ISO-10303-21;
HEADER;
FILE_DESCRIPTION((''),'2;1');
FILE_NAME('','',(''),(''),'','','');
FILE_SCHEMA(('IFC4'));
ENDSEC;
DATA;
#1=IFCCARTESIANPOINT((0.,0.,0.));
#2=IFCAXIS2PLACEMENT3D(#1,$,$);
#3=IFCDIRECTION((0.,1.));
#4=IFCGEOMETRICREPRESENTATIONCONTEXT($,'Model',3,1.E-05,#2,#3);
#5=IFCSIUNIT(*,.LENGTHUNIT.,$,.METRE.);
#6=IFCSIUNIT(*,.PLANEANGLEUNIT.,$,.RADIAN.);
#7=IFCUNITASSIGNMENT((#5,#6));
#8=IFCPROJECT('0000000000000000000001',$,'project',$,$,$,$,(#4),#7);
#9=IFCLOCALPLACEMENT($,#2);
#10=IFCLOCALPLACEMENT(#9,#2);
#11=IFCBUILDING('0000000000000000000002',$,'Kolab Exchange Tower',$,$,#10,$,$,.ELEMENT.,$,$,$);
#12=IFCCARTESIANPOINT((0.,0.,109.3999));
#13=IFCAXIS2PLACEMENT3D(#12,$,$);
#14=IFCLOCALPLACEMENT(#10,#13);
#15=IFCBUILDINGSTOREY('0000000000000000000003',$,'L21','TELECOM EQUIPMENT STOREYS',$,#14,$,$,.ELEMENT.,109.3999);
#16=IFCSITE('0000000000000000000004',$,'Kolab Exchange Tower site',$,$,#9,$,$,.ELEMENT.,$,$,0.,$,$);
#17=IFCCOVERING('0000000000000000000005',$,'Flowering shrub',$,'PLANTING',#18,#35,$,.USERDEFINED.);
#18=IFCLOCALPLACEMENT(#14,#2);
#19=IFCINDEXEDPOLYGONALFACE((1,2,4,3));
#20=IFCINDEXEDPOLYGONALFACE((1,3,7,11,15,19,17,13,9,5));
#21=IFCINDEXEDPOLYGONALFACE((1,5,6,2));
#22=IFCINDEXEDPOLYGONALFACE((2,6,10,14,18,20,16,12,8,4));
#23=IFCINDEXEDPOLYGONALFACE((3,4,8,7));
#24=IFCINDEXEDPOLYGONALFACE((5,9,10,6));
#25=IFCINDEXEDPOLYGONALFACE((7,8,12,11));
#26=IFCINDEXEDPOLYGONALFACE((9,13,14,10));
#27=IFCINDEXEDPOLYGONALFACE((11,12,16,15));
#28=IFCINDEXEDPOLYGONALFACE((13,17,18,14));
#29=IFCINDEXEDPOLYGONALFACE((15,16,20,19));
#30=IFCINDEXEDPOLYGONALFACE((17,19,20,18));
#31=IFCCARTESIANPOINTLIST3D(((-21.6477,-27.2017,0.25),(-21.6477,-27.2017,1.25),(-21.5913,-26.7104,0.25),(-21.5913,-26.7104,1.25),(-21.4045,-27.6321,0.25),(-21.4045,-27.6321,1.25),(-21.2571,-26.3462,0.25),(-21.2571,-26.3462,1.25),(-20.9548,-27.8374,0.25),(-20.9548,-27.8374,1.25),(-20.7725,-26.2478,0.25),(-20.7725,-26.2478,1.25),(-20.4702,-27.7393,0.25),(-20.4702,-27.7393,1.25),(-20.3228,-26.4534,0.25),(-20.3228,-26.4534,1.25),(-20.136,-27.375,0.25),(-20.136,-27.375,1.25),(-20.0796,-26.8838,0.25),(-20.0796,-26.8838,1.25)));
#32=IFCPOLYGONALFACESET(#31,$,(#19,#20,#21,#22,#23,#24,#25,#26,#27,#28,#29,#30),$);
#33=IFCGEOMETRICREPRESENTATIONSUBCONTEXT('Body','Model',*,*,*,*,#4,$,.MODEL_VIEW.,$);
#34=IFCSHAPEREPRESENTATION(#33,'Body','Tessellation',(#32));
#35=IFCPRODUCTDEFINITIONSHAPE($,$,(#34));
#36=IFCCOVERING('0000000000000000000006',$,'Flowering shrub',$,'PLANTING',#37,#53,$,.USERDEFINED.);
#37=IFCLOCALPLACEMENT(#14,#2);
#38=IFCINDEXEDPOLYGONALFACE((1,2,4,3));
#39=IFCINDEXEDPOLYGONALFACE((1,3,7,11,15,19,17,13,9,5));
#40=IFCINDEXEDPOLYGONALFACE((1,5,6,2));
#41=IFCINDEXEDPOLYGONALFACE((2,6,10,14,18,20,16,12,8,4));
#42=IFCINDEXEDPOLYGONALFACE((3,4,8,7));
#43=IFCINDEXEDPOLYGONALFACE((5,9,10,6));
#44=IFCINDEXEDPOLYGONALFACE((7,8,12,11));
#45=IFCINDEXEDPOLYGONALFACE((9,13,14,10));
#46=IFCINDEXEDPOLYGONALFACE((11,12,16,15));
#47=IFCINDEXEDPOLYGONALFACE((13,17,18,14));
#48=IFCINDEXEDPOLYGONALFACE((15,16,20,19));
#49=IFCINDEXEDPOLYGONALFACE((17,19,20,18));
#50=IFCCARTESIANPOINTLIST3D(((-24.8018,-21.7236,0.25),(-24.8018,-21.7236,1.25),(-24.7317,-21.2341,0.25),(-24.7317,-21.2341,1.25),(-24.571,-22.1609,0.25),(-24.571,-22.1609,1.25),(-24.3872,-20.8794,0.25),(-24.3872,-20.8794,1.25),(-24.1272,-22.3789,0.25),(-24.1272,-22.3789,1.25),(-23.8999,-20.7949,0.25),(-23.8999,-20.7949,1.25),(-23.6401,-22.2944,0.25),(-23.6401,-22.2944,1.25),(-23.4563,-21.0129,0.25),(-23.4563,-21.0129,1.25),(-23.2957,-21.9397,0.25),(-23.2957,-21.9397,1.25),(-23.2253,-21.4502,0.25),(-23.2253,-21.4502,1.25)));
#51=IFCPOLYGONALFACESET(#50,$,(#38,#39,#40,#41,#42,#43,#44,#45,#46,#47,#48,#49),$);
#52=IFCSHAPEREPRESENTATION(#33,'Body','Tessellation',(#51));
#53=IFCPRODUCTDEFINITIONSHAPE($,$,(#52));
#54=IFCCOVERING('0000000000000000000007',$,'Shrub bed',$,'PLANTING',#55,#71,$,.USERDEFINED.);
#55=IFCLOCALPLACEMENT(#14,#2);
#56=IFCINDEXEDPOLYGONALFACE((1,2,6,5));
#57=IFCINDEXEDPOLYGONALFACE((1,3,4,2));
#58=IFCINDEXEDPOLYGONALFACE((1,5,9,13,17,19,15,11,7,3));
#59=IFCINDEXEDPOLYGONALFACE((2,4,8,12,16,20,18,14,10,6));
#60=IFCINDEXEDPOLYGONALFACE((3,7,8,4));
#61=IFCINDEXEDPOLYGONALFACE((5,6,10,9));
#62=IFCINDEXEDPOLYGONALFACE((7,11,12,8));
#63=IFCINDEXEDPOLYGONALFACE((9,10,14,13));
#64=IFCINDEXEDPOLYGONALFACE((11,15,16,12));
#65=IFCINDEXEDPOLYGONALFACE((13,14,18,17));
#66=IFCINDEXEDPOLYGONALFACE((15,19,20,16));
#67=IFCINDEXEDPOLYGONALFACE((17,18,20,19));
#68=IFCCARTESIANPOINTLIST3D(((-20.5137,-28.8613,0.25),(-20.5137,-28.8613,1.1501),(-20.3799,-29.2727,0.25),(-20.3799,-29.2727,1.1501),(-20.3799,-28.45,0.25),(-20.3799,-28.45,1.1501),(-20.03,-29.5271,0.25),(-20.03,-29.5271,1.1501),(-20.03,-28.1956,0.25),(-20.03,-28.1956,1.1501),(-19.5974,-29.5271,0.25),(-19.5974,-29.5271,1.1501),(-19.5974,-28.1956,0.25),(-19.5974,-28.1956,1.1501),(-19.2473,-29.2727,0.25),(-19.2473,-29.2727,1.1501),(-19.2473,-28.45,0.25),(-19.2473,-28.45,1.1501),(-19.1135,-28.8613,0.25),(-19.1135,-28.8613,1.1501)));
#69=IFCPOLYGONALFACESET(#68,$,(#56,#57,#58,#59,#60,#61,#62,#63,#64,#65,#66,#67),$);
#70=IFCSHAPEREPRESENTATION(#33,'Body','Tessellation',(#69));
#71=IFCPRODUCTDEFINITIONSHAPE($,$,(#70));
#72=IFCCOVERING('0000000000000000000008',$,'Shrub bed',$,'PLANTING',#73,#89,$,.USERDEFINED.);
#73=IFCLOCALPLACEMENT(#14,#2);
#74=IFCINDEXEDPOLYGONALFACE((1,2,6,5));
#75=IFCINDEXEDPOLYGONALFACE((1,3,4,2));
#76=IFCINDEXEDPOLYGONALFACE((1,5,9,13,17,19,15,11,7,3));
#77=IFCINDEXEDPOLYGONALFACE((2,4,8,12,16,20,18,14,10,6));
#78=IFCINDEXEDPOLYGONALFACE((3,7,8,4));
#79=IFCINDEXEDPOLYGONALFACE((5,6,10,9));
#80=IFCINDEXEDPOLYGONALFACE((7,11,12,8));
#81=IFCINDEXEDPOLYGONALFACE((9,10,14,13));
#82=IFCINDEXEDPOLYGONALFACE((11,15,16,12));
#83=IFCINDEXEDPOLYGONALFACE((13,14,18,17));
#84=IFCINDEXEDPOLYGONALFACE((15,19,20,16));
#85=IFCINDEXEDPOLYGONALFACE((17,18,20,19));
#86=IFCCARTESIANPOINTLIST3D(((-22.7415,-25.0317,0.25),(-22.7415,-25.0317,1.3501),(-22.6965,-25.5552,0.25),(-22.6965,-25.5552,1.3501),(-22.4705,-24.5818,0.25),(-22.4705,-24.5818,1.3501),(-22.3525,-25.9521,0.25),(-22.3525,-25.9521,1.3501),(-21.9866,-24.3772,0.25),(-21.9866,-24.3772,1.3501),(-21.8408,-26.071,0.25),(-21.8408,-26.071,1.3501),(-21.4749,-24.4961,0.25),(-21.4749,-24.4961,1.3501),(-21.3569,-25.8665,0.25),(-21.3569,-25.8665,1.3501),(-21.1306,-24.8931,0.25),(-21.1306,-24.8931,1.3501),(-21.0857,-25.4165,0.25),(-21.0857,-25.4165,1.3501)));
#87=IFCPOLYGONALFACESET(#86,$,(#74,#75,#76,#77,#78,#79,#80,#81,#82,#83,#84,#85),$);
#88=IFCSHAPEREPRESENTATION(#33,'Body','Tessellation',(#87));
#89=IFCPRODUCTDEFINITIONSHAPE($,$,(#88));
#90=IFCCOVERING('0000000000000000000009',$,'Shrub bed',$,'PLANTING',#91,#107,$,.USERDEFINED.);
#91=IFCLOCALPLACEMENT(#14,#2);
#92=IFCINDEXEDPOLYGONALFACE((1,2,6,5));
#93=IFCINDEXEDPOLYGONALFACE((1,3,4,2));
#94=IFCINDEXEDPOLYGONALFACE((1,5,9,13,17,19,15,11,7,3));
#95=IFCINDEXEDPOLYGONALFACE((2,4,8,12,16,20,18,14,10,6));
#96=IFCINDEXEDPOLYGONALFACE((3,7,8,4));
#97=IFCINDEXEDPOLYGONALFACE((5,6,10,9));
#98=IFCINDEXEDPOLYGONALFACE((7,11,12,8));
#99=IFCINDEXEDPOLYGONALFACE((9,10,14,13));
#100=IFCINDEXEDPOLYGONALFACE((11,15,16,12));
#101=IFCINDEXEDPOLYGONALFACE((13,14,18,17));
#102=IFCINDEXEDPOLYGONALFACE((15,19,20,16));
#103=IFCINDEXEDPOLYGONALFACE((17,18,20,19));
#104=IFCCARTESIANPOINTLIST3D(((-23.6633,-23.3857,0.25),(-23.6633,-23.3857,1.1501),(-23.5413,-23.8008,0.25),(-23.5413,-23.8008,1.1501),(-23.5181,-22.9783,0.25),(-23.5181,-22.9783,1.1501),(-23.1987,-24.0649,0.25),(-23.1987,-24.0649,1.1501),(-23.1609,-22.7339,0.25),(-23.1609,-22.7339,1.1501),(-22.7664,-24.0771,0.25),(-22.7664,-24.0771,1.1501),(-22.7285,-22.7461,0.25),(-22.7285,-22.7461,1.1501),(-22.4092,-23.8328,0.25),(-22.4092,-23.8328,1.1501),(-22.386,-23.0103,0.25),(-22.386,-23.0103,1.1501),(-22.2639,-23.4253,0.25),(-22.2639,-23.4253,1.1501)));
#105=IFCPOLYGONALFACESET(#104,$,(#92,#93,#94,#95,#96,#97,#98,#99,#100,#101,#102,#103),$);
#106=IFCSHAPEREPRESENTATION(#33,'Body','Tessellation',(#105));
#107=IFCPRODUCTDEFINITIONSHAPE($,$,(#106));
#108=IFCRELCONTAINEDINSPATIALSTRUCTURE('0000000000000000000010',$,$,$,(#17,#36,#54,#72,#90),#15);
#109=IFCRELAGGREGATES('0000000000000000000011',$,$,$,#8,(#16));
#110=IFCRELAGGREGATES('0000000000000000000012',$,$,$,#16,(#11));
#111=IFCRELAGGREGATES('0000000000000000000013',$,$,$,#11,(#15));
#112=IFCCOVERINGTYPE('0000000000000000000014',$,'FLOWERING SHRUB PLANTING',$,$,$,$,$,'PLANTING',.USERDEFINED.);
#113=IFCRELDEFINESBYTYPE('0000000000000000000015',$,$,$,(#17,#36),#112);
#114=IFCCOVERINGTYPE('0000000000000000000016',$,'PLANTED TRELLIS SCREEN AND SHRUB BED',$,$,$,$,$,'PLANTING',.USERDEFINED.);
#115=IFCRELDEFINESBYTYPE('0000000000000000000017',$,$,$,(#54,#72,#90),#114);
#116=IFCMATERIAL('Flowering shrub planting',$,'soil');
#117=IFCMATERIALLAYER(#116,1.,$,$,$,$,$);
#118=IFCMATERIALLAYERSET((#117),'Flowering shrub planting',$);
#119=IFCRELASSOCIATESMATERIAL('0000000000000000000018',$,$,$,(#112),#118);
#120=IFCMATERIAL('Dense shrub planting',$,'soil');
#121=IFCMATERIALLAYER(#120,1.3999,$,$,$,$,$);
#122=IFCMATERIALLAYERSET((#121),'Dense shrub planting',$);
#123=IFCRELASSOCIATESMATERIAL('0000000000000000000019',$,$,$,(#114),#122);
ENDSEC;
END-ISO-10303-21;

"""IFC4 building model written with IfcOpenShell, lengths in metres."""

from ifc_helpers import new_model, si_unit, direction, frame, origin, place, context, subcontext, project, spatial, polyline, outline, extrude, material, layer, layer_set, type_object, element, save


model = new_model("IFC4")

# Units and contexts
model_context = context("Model", 3, precision=1e-05, world=origin(), true_north=direction((0.0, 1.0)))
body_context = subcontext(model_context, "Body", "Model", "MODEL_VIEW")
ifc_project = project(units=[si_unit("LENGTHUNIT", "METRE"), si_unit("PLANEANGLEUNIT", "RADIAN")], contexts=[model_context])

# Site, building, storey
site_placement = place(None, origin())
site = spatial("IfcSite", under=ifc_project, at=site_placement, Name="Kolab Exchange Tower site", CompositionType="ELEMENT", RefElevation=0.0)
building_placement = place(site_placement, origin())
building = spatial("IfcBuilding", under=site, at=building_placement, Name="Kolab Exchange Tower", CompositionType="ELEMENT")
storey_placement = place(building_placement, frame((0.0, 0.0, 109.3999)))
storey = spatial("IfcBuildingStorey", under=building, at=storey_placement, Name="L21", Description="TELECOM EQUIPMENT STOREYS", CompositionType="ELEMENT", Elevation=109.3999)

# Coverings
ifc_material_1 = material(Name="Flowering shrub planting", Category="soil")
ifc_layer_1 = layer(ifc_material_1, 1.0)
ifc_layer_set_1 = layer_set([ifc_layer_1], Name="Flowering shrub planting")
covering_type_1 = type_object("IfcCoveringType", Name="FLOWERING SHRUB PLANTING", ElementType="PLANTING", PredefinedType="USERDEFINED", material=ifc_layer_set_1)
covering_1_placement = place(storey_placement, frame((0.0, 0.0, 0.25)))
element("IfcCovering", 1, at=covering_1_placement, inside=storey, type_object=covering_type_1, Name="Flowering shrub", ObjectType="PLANTING", PredefinedType="USERDEFINED", context=body_context, shape_type="SweptSolid", body=[
    extrude(outline(polyline([(-20.0796, -26.8838), (-20.3228, -26.4534), (-20.7725, -26.2478), (-21.2571, -26.3462), (-21.5913, -26.7104), (-21.6477, -27.2017), (-21.4045, -27.6321), (-20.9548, -27.8374), (-20.4702, -27.7393), (-20.136, -27.375), (-20.0796, -26.8838)])), origin(), (0.0, 0.0, 1.0), 1.0),
])
covering_2_placement = place(storey_placement, frame((0.0, 0.0, 0.25)))
element("IfcCovering", 2, at=covering_2_placement, inside=storey, type_object=covering_type_1, Name="Flowering shrub", ObjectType="PLANTING", PredefinedType="USERDEFINED", context=body_context, shape_type="SweptSolid", body=[
    extrude(outline(polyline([(-23.4563, -21.0129), (-23.8999, -20.7949), (-24.3872, -20.8794), (-24.7317, -21.2341), (-24.8018, -21.7236), (-24.571, -22.1609), (-24.1272, -22.3789), (-23.6401, -22.2944), (-23.2957, -21.9397), (-23.2253, -21.4502), (-23.4563, -21.0129)])), origin(), (0.0, 0.0, 1.0), 1.0),
])
ifc_material_2 = material(Name="Dense shrub planting", Category="soil")
ifc_layer_2 = layer(ifc_material_2, 1.3999)
ifc_layer_set_2 = layer_set([ifc_layer_2], Name="Dense shrub planting")
covering_type_2 = type_object("IfcCoveringType", Name="PLANTED TRELLIS SCREEN AND SHRUB BED", ElementType="PLANTING", PredefinedType="USERDEFINED", material=ifc_layer_set_2)
covering_3_placement = place(storey_placement, frame((0.0, 0.0, 0.25)))
element("IfcCovering", 3, at=covering_3_placement, inside=storey, type_object=covering_type_2, Name="Shrub bed", ObjectType="PLANTING", PredefinedType="USERDEFINED", context=body_context, shape_type="SweptSolid", body=[
    extrude(outline(polyline([(-19.1135, -28.8613), (-19.2473, -28.45), (-19.5974, -28.1956), (-20.03, -28.1956), (-20.3799, -28.45), (-20.5137, -28.8613), (-20.3799, -29.2727), (-20.03, -29.5271), (-19.5974, -29.5271), (-19.2473, -29.2727), (-19.1135, -28.8613)])), origin(), (0.0, 0.0, 1.0), 0.9001),
])
covering_4_placement = place(storey_placement, frame((0.0, 0.0, 0.25)))
element("IfcCovering", 4, at=covering_4_placement, inside=storey, type_object=covering_type_2, Name="Shrub bed", ObjectType="PLANTING", PredefinedType="USERDEFINED", context=body_context, shape_type="SweptSolid", body=[
    extrude(outline(polyline([(-21.1306, -24.8931), (-21.4749, -24.4961), (-21.9866, -24.3772), (-22.4705, -24.5818), (-22.7415, -25.0317), (-22.6965, -25.5552), (-22.3525, -25.9521), (-21.8408, -26.071), (-21.3569, -25.8665), (-21.0857, -25.4165), (-21.1306, -24.8931)])), origin(), (0.0, 0.0, 1.0), 1.1001),
])
covering_5_placement = place(storey_placement, frame((0.0, 0.0, 0.25)))
element("IfcCovering", 5, at=covering_5_placement, inside=storey, type_object=covering_type_2, Name="Shrub bed", ObjectType="PLANTING", PredefinedType="USERDEFINED", context=body_context, shape_type="SweptSolid", body=[
    extrude(outline(polyline([(-22.386, -23.0103), (-22.7285, -22.7461), (-23.1609, -22.7339), (-23.5181, -22.9783), (-23.6633, -23.3857), (-23.5413, -23.8008), (-23.1987, -24.0649), (-22.7664, -24.0771), (-22.4092, -23.8328), (-22.2639, -23.4253), (-22.386, -23.0103)])), origin(), (0.0, 0.0, 1.0), 0.9001),
])

save(model, "model.ifc")
